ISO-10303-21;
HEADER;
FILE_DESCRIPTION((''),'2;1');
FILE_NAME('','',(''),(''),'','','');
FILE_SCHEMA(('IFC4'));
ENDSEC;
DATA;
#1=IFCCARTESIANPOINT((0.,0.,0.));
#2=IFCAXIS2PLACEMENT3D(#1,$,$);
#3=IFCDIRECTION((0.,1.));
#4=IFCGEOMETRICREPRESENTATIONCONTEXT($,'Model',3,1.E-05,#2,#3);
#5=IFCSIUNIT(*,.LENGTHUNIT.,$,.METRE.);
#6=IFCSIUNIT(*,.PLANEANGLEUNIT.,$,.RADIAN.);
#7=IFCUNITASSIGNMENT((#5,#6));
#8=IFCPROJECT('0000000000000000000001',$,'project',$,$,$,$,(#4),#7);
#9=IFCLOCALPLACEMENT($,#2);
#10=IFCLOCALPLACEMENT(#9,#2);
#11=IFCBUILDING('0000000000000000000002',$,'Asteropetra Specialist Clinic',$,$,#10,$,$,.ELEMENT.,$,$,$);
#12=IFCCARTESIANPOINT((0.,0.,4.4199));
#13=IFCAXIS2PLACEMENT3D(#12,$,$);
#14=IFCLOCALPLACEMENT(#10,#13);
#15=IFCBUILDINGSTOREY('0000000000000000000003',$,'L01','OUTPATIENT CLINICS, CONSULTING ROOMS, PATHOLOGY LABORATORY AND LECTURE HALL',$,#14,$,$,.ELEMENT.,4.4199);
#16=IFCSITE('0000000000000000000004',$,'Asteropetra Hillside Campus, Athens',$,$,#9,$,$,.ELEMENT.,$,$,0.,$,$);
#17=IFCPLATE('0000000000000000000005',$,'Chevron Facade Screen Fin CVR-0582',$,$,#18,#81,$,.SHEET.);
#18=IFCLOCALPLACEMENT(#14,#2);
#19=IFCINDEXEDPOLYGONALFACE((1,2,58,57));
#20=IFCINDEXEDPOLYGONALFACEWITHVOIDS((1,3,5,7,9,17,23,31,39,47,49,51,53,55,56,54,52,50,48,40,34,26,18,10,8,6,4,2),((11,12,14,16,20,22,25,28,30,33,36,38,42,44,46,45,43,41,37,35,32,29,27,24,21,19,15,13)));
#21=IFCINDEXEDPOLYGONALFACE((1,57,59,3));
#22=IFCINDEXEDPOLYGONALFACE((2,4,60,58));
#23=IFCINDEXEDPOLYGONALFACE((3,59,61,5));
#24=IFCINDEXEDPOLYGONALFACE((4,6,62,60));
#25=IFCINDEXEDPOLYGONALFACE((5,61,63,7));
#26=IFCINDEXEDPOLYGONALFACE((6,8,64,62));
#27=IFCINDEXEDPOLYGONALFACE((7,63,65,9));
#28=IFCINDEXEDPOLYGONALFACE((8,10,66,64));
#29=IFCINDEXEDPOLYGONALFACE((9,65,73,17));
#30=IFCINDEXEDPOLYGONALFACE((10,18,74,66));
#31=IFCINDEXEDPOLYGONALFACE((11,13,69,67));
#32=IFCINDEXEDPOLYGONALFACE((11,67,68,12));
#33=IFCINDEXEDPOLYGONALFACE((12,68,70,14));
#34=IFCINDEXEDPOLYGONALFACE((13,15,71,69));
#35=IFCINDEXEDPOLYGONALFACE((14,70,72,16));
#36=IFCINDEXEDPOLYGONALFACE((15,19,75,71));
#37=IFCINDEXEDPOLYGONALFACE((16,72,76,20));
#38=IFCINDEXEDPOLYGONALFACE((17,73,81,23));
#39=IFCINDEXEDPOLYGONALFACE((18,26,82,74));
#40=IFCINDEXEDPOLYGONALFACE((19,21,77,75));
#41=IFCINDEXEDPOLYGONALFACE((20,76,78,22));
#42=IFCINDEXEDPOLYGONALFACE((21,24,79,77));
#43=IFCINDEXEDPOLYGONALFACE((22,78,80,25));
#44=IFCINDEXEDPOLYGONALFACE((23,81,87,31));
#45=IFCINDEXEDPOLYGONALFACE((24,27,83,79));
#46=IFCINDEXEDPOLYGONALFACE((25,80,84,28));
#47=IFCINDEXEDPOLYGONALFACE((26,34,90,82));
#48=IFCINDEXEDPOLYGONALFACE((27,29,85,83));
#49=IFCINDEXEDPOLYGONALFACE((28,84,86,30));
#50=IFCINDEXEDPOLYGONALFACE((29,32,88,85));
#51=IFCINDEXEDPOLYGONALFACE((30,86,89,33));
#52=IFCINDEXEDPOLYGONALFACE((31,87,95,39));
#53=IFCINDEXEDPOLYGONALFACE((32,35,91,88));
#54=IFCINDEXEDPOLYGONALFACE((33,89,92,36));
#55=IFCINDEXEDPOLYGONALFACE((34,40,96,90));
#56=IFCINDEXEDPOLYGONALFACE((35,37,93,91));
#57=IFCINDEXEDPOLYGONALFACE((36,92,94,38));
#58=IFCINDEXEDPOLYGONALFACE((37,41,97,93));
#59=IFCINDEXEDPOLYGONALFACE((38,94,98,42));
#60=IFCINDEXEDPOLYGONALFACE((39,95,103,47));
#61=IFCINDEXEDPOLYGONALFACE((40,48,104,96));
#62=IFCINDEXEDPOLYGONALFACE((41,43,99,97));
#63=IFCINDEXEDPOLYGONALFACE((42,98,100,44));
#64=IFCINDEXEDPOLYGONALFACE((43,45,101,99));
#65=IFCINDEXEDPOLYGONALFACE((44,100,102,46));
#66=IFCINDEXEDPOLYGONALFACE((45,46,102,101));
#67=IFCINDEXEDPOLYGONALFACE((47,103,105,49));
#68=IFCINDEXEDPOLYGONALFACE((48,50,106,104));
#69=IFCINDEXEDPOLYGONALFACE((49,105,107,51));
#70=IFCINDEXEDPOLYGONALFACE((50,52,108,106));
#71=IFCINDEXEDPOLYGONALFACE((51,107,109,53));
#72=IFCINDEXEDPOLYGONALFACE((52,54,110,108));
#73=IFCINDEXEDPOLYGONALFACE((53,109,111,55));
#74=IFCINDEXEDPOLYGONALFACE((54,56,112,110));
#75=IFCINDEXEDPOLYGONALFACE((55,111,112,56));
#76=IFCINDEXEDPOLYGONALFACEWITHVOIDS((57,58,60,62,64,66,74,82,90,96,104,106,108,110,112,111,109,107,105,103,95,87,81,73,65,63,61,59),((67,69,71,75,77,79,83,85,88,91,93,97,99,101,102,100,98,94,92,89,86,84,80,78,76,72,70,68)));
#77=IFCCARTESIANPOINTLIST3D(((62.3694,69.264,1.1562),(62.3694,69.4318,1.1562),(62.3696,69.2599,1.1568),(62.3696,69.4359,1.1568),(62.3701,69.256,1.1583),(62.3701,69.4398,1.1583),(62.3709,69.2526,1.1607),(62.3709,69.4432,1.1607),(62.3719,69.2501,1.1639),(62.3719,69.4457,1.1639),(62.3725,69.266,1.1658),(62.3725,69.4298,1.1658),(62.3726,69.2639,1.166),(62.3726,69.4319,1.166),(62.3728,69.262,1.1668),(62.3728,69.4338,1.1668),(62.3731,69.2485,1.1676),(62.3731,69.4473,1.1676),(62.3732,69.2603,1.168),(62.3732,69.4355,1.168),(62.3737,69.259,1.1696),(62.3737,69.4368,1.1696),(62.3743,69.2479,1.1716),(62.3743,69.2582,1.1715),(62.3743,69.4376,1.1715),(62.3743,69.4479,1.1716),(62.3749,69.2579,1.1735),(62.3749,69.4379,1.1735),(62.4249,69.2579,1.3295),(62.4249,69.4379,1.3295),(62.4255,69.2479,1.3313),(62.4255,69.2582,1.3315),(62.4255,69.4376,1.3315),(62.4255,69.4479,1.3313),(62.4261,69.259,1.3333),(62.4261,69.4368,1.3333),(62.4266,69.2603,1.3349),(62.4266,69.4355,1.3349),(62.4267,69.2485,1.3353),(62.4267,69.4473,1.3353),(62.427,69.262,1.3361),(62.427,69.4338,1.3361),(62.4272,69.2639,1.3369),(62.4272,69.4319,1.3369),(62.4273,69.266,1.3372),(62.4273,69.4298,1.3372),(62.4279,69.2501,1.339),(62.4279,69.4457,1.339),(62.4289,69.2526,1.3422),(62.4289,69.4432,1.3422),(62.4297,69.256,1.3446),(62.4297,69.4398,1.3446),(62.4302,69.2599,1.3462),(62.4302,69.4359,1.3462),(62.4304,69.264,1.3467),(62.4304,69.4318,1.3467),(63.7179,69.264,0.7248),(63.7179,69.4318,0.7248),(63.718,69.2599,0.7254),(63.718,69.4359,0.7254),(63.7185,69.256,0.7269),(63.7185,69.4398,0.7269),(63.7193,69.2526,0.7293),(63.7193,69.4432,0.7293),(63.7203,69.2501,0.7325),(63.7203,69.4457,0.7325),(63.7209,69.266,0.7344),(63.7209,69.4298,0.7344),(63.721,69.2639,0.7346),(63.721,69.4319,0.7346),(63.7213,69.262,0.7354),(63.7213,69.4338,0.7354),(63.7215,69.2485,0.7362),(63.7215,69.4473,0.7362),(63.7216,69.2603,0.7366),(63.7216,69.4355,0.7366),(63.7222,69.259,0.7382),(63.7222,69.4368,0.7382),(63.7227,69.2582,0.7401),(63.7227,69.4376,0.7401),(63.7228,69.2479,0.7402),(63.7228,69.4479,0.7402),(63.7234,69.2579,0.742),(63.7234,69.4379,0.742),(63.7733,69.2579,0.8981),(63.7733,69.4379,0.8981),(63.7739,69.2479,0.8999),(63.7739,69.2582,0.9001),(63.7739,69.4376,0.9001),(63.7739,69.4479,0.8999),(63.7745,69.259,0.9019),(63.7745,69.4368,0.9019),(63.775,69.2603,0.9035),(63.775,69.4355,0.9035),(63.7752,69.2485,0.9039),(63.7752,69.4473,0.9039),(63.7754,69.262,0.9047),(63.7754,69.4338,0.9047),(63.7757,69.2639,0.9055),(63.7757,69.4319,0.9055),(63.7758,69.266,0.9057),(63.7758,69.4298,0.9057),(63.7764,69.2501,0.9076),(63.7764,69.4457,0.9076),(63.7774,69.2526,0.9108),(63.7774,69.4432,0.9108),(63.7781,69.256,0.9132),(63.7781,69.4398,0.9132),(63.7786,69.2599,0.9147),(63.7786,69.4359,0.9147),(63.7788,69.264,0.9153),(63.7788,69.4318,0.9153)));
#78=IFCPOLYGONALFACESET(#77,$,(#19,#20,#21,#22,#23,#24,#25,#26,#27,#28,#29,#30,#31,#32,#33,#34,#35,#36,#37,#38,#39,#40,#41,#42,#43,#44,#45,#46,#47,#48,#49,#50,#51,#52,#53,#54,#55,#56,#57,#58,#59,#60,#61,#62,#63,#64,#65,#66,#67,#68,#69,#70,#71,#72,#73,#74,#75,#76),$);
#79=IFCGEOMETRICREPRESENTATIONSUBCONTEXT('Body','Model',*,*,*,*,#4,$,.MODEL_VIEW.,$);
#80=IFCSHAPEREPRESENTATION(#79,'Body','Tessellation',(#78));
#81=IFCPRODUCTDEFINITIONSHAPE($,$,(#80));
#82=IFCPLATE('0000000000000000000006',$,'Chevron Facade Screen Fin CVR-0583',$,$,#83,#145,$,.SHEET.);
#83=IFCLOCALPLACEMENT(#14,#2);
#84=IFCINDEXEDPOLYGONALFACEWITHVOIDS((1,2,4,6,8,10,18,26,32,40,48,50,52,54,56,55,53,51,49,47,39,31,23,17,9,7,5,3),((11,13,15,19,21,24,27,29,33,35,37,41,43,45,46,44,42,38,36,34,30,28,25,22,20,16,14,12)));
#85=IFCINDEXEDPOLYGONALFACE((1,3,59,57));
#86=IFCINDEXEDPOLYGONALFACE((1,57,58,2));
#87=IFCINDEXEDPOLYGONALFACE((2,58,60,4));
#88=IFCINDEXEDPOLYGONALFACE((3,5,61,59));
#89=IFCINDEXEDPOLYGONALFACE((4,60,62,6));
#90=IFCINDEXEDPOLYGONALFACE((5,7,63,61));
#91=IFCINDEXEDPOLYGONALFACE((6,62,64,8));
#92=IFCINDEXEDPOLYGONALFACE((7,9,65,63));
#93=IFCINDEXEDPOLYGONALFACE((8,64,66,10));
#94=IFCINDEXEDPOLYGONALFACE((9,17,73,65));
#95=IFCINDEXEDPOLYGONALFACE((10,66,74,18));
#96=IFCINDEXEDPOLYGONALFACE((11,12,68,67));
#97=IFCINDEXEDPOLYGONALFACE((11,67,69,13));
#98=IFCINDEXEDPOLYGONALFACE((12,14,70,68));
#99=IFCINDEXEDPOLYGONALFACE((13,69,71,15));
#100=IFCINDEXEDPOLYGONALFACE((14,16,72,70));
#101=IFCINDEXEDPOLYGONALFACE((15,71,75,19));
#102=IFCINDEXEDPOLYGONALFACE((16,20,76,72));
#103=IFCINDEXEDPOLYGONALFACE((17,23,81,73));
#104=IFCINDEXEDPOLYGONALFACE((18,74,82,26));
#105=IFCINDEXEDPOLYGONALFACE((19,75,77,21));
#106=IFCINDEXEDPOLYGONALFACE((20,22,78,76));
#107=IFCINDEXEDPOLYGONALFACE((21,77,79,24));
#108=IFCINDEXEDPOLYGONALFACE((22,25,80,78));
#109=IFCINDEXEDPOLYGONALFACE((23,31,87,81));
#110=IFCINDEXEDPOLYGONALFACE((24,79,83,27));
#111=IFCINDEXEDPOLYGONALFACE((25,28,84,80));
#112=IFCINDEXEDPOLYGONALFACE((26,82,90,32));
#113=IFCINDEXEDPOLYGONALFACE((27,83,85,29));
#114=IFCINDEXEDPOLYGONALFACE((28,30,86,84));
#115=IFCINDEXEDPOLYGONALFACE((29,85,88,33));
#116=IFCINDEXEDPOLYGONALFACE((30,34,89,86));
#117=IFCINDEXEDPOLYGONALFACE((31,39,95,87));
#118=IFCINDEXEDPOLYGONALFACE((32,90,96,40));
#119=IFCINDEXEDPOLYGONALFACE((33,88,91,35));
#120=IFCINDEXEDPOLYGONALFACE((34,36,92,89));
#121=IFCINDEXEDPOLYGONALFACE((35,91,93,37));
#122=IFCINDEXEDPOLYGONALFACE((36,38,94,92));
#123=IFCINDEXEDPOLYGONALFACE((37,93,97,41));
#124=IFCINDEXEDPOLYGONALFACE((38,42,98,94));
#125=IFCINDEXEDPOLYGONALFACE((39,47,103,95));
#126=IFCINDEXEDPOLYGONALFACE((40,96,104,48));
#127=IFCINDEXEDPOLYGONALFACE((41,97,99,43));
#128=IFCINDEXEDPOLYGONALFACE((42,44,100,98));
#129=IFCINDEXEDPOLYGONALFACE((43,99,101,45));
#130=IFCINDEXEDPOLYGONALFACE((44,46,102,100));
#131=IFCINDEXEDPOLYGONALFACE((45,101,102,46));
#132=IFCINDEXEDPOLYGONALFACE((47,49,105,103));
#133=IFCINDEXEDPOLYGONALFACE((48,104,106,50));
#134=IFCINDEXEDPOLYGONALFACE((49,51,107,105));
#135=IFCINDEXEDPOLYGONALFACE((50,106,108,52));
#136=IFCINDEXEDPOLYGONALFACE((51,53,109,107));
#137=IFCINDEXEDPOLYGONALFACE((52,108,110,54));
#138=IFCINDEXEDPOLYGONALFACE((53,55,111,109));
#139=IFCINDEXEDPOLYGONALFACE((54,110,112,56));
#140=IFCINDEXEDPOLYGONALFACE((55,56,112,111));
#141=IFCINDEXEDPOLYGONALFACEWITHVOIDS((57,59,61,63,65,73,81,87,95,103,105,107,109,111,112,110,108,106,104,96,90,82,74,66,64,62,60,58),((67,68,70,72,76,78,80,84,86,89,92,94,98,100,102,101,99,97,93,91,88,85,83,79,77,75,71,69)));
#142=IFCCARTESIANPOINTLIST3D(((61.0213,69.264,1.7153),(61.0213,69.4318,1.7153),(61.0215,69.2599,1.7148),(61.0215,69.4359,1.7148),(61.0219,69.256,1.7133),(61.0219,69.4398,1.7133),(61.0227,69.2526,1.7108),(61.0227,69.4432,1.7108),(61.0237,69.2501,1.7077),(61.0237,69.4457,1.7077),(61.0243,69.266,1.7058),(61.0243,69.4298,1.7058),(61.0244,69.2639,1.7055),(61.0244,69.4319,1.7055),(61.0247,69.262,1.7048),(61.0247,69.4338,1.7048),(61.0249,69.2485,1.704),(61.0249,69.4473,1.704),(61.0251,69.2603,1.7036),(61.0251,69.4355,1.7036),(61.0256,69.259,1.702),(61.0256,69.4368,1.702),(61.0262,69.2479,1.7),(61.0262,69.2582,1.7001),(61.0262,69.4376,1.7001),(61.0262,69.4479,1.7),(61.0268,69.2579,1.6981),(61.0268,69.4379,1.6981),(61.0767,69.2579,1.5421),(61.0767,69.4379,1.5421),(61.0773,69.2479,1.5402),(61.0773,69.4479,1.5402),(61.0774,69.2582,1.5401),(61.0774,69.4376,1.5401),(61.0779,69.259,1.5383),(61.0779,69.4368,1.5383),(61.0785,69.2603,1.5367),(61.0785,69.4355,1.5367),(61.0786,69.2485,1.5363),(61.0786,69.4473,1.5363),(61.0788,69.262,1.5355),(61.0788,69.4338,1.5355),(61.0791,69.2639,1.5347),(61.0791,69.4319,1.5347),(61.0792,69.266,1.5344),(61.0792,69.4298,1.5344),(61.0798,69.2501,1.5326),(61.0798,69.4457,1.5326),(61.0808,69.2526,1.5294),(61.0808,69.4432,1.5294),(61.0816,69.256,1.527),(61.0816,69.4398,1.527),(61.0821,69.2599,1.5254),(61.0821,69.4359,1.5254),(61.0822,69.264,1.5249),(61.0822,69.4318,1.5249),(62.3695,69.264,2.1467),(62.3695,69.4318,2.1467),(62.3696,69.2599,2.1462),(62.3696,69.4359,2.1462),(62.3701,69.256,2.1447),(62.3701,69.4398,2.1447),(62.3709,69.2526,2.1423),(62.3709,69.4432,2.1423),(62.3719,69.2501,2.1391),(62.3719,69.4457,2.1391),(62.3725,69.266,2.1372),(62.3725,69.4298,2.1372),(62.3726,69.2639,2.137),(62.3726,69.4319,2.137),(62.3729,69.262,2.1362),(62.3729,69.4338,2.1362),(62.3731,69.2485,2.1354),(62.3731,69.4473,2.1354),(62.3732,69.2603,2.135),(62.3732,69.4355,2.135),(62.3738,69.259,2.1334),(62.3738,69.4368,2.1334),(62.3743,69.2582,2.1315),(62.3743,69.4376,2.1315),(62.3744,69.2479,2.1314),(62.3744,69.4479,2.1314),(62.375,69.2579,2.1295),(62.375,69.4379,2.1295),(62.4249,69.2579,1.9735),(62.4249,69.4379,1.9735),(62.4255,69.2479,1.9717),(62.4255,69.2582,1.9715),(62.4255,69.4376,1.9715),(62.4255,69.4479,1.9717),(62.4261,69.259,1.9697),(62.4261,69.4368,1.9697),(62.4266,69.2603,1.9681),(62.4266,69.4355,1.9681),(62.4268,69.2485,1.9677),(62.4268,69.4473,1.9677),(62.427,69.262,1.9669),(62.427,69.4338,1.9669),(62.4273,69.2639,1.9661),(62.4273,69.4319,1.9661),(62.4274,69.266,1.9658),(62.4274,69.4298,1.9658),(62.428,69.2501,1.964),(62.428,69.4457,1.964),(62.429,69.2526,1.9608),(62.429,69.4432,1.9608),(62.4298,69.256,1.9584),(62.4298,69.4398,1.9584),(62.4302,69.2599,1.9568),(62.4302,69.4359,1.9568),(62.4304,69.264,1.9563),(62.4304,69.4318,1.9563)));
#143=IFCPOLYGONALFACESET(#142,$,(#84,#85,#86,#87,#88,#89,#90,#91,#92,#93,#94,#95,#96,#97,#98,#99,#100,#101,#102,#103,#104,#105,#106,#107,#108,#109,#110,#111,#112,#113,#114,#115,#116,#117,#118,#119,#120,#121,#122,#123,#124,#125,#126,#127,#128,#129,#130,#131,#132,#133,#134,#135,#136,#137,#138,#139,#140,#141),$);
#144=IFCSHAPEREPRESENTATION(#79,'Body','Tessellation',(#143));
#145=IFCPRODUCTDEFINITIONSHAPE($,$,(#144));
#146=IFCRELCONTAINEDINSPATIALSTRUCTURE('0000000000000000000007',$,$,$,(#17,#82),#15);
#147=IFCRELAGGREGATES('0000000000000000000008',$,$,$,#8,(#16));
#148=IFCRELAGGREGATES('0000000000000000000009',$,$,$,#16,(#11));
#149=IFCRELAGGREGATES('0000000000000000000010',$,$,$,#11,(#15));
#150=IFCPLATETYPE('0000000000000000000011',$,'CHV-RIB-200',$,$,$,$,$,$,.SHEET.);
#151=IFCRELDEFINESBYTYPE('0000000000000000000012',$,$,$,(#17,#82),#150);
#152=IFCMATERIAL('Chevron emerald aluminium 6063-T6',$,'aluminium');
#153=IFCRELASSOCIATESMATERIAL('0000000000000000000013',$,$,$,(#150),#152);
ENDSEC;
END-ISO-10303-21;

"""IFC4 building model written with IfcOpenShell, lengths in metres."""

from ifc_helpers import new_model, si_unit, direction, frame, origin, origin_2d, place, context, subcontext, project, spatial, hollow_rectangle, extrude, material, material_profile, profile_set, type_object, element, save


model = new_model("IFC4")

# Units and contexts
model_context = context("Model", 3, precision=1e-05, world=origin(), true_north=direction((0.0, 1.0)))
body_context = subcontext(model_context, "Body", "Model", "MODEL_VIEW")
ifc_project = project(units=[si_unit("LENGTHUNIT", "METRE"), si_unit("PLANEANGLEUNIT", "RADIAN")], contexts=[model_context])

# Site, building, storey
site_placement = place(None, origin())
site = spatial("IfcSite", under=ifc_project, at=site_placement, Name="Asteropetra Hillside Campus, Athens", CompositionType="ELEMENT", RefElevation=0.0)
building_placement = place(site_placement, origin())
building = spatial("IfcBuilding", under=site, at=building_placement, Name="Asteropetra Specialist Clinic", CompositionType="ELEMENT")
storey_placement = place(building_placement, frame((0.0, 0.0, 4.4199)))
storey = spatial("IfcBuildingStorey", under=building, at=storey_placement, Name="L01", Description="OUTPATIENT CLINICS, CONSULTING ROOMS, PATHOLOGY LABORATORY AND LECTURE HALL", CompositionType="ELEMENT", Elevation=4.4199)

# Plates
ifc_material_1 = material(Name="Chevron emerald aluminium 6063-T6", Category="aluminium")
ifc_material_profile = material_profile(ifc_material_1, hollow_rectangle(XDim=0.2, YDim=0.2, WallThickness=0.01, InnerFilletRadius=0.0081, OuterFilletRadius=0.0161, at=origin_2d()), Name="SHS 200x200x10.0")
ifc_profile_set = profile_set([ifc_material_profile], Name="Chevron emerald aluminium 6063-T6")
plate_type_1 = type_object("IfcPlateType", Name="CHV-RIB-200", PredefinedType="SHEET", material=ifc_profile_set)
plate_1_placement = place(storey_placement, frame((62.3999, 69.3479, 1.2515), z_axis=(0.952442, 0.0, -0.304719), x_axis=(0.0, 1.0, 0.0)))
element("IfcPlate", 1, at=plate_1_placement, inside=storey, type_object=plate_type_1, Name="Chevron Facade Screen Fin CVR-0582", PredefinedType="SHEET", context=body_context, shape_type="SweptSolid", body=[
    extrude(hollow_rectangle(XDim=0.2, YDim=0.2, WallThickness=0.01, InnerFilletRadius=0.0081, OuterFilletRadius=0.0161, at=origin_2d()), origin(), (0.0, 0.0, 1.0), 1.4158),
])
plate_2_placement = place(storey_placement, frame((61.0518, 69.3479, 1.6201), z_axis=(0.952426, 0.0, 0.304769), x_axis=(0.0, 1.0, 0.0)))
element("IfcPlate", 2, at=plate_2_placement, inside=storey, type_object=plate_type_1, Name="Chevron Facade Screen Fin CVR-0583", PredefinedType="SHEET", context=body_context, shape_type="SweptSolid", body=[
    extrude(hollow_rectangle(XDim=0.2, YDim=0.2, WallThickness=0.01, InnerFilletRadius=0.0081, OuterFilletRadius=0.0161, at=origin_2d()), origin(), (0.0, 0.0, 1.0), 1.4155),
])

save(model, "model.ifc")
